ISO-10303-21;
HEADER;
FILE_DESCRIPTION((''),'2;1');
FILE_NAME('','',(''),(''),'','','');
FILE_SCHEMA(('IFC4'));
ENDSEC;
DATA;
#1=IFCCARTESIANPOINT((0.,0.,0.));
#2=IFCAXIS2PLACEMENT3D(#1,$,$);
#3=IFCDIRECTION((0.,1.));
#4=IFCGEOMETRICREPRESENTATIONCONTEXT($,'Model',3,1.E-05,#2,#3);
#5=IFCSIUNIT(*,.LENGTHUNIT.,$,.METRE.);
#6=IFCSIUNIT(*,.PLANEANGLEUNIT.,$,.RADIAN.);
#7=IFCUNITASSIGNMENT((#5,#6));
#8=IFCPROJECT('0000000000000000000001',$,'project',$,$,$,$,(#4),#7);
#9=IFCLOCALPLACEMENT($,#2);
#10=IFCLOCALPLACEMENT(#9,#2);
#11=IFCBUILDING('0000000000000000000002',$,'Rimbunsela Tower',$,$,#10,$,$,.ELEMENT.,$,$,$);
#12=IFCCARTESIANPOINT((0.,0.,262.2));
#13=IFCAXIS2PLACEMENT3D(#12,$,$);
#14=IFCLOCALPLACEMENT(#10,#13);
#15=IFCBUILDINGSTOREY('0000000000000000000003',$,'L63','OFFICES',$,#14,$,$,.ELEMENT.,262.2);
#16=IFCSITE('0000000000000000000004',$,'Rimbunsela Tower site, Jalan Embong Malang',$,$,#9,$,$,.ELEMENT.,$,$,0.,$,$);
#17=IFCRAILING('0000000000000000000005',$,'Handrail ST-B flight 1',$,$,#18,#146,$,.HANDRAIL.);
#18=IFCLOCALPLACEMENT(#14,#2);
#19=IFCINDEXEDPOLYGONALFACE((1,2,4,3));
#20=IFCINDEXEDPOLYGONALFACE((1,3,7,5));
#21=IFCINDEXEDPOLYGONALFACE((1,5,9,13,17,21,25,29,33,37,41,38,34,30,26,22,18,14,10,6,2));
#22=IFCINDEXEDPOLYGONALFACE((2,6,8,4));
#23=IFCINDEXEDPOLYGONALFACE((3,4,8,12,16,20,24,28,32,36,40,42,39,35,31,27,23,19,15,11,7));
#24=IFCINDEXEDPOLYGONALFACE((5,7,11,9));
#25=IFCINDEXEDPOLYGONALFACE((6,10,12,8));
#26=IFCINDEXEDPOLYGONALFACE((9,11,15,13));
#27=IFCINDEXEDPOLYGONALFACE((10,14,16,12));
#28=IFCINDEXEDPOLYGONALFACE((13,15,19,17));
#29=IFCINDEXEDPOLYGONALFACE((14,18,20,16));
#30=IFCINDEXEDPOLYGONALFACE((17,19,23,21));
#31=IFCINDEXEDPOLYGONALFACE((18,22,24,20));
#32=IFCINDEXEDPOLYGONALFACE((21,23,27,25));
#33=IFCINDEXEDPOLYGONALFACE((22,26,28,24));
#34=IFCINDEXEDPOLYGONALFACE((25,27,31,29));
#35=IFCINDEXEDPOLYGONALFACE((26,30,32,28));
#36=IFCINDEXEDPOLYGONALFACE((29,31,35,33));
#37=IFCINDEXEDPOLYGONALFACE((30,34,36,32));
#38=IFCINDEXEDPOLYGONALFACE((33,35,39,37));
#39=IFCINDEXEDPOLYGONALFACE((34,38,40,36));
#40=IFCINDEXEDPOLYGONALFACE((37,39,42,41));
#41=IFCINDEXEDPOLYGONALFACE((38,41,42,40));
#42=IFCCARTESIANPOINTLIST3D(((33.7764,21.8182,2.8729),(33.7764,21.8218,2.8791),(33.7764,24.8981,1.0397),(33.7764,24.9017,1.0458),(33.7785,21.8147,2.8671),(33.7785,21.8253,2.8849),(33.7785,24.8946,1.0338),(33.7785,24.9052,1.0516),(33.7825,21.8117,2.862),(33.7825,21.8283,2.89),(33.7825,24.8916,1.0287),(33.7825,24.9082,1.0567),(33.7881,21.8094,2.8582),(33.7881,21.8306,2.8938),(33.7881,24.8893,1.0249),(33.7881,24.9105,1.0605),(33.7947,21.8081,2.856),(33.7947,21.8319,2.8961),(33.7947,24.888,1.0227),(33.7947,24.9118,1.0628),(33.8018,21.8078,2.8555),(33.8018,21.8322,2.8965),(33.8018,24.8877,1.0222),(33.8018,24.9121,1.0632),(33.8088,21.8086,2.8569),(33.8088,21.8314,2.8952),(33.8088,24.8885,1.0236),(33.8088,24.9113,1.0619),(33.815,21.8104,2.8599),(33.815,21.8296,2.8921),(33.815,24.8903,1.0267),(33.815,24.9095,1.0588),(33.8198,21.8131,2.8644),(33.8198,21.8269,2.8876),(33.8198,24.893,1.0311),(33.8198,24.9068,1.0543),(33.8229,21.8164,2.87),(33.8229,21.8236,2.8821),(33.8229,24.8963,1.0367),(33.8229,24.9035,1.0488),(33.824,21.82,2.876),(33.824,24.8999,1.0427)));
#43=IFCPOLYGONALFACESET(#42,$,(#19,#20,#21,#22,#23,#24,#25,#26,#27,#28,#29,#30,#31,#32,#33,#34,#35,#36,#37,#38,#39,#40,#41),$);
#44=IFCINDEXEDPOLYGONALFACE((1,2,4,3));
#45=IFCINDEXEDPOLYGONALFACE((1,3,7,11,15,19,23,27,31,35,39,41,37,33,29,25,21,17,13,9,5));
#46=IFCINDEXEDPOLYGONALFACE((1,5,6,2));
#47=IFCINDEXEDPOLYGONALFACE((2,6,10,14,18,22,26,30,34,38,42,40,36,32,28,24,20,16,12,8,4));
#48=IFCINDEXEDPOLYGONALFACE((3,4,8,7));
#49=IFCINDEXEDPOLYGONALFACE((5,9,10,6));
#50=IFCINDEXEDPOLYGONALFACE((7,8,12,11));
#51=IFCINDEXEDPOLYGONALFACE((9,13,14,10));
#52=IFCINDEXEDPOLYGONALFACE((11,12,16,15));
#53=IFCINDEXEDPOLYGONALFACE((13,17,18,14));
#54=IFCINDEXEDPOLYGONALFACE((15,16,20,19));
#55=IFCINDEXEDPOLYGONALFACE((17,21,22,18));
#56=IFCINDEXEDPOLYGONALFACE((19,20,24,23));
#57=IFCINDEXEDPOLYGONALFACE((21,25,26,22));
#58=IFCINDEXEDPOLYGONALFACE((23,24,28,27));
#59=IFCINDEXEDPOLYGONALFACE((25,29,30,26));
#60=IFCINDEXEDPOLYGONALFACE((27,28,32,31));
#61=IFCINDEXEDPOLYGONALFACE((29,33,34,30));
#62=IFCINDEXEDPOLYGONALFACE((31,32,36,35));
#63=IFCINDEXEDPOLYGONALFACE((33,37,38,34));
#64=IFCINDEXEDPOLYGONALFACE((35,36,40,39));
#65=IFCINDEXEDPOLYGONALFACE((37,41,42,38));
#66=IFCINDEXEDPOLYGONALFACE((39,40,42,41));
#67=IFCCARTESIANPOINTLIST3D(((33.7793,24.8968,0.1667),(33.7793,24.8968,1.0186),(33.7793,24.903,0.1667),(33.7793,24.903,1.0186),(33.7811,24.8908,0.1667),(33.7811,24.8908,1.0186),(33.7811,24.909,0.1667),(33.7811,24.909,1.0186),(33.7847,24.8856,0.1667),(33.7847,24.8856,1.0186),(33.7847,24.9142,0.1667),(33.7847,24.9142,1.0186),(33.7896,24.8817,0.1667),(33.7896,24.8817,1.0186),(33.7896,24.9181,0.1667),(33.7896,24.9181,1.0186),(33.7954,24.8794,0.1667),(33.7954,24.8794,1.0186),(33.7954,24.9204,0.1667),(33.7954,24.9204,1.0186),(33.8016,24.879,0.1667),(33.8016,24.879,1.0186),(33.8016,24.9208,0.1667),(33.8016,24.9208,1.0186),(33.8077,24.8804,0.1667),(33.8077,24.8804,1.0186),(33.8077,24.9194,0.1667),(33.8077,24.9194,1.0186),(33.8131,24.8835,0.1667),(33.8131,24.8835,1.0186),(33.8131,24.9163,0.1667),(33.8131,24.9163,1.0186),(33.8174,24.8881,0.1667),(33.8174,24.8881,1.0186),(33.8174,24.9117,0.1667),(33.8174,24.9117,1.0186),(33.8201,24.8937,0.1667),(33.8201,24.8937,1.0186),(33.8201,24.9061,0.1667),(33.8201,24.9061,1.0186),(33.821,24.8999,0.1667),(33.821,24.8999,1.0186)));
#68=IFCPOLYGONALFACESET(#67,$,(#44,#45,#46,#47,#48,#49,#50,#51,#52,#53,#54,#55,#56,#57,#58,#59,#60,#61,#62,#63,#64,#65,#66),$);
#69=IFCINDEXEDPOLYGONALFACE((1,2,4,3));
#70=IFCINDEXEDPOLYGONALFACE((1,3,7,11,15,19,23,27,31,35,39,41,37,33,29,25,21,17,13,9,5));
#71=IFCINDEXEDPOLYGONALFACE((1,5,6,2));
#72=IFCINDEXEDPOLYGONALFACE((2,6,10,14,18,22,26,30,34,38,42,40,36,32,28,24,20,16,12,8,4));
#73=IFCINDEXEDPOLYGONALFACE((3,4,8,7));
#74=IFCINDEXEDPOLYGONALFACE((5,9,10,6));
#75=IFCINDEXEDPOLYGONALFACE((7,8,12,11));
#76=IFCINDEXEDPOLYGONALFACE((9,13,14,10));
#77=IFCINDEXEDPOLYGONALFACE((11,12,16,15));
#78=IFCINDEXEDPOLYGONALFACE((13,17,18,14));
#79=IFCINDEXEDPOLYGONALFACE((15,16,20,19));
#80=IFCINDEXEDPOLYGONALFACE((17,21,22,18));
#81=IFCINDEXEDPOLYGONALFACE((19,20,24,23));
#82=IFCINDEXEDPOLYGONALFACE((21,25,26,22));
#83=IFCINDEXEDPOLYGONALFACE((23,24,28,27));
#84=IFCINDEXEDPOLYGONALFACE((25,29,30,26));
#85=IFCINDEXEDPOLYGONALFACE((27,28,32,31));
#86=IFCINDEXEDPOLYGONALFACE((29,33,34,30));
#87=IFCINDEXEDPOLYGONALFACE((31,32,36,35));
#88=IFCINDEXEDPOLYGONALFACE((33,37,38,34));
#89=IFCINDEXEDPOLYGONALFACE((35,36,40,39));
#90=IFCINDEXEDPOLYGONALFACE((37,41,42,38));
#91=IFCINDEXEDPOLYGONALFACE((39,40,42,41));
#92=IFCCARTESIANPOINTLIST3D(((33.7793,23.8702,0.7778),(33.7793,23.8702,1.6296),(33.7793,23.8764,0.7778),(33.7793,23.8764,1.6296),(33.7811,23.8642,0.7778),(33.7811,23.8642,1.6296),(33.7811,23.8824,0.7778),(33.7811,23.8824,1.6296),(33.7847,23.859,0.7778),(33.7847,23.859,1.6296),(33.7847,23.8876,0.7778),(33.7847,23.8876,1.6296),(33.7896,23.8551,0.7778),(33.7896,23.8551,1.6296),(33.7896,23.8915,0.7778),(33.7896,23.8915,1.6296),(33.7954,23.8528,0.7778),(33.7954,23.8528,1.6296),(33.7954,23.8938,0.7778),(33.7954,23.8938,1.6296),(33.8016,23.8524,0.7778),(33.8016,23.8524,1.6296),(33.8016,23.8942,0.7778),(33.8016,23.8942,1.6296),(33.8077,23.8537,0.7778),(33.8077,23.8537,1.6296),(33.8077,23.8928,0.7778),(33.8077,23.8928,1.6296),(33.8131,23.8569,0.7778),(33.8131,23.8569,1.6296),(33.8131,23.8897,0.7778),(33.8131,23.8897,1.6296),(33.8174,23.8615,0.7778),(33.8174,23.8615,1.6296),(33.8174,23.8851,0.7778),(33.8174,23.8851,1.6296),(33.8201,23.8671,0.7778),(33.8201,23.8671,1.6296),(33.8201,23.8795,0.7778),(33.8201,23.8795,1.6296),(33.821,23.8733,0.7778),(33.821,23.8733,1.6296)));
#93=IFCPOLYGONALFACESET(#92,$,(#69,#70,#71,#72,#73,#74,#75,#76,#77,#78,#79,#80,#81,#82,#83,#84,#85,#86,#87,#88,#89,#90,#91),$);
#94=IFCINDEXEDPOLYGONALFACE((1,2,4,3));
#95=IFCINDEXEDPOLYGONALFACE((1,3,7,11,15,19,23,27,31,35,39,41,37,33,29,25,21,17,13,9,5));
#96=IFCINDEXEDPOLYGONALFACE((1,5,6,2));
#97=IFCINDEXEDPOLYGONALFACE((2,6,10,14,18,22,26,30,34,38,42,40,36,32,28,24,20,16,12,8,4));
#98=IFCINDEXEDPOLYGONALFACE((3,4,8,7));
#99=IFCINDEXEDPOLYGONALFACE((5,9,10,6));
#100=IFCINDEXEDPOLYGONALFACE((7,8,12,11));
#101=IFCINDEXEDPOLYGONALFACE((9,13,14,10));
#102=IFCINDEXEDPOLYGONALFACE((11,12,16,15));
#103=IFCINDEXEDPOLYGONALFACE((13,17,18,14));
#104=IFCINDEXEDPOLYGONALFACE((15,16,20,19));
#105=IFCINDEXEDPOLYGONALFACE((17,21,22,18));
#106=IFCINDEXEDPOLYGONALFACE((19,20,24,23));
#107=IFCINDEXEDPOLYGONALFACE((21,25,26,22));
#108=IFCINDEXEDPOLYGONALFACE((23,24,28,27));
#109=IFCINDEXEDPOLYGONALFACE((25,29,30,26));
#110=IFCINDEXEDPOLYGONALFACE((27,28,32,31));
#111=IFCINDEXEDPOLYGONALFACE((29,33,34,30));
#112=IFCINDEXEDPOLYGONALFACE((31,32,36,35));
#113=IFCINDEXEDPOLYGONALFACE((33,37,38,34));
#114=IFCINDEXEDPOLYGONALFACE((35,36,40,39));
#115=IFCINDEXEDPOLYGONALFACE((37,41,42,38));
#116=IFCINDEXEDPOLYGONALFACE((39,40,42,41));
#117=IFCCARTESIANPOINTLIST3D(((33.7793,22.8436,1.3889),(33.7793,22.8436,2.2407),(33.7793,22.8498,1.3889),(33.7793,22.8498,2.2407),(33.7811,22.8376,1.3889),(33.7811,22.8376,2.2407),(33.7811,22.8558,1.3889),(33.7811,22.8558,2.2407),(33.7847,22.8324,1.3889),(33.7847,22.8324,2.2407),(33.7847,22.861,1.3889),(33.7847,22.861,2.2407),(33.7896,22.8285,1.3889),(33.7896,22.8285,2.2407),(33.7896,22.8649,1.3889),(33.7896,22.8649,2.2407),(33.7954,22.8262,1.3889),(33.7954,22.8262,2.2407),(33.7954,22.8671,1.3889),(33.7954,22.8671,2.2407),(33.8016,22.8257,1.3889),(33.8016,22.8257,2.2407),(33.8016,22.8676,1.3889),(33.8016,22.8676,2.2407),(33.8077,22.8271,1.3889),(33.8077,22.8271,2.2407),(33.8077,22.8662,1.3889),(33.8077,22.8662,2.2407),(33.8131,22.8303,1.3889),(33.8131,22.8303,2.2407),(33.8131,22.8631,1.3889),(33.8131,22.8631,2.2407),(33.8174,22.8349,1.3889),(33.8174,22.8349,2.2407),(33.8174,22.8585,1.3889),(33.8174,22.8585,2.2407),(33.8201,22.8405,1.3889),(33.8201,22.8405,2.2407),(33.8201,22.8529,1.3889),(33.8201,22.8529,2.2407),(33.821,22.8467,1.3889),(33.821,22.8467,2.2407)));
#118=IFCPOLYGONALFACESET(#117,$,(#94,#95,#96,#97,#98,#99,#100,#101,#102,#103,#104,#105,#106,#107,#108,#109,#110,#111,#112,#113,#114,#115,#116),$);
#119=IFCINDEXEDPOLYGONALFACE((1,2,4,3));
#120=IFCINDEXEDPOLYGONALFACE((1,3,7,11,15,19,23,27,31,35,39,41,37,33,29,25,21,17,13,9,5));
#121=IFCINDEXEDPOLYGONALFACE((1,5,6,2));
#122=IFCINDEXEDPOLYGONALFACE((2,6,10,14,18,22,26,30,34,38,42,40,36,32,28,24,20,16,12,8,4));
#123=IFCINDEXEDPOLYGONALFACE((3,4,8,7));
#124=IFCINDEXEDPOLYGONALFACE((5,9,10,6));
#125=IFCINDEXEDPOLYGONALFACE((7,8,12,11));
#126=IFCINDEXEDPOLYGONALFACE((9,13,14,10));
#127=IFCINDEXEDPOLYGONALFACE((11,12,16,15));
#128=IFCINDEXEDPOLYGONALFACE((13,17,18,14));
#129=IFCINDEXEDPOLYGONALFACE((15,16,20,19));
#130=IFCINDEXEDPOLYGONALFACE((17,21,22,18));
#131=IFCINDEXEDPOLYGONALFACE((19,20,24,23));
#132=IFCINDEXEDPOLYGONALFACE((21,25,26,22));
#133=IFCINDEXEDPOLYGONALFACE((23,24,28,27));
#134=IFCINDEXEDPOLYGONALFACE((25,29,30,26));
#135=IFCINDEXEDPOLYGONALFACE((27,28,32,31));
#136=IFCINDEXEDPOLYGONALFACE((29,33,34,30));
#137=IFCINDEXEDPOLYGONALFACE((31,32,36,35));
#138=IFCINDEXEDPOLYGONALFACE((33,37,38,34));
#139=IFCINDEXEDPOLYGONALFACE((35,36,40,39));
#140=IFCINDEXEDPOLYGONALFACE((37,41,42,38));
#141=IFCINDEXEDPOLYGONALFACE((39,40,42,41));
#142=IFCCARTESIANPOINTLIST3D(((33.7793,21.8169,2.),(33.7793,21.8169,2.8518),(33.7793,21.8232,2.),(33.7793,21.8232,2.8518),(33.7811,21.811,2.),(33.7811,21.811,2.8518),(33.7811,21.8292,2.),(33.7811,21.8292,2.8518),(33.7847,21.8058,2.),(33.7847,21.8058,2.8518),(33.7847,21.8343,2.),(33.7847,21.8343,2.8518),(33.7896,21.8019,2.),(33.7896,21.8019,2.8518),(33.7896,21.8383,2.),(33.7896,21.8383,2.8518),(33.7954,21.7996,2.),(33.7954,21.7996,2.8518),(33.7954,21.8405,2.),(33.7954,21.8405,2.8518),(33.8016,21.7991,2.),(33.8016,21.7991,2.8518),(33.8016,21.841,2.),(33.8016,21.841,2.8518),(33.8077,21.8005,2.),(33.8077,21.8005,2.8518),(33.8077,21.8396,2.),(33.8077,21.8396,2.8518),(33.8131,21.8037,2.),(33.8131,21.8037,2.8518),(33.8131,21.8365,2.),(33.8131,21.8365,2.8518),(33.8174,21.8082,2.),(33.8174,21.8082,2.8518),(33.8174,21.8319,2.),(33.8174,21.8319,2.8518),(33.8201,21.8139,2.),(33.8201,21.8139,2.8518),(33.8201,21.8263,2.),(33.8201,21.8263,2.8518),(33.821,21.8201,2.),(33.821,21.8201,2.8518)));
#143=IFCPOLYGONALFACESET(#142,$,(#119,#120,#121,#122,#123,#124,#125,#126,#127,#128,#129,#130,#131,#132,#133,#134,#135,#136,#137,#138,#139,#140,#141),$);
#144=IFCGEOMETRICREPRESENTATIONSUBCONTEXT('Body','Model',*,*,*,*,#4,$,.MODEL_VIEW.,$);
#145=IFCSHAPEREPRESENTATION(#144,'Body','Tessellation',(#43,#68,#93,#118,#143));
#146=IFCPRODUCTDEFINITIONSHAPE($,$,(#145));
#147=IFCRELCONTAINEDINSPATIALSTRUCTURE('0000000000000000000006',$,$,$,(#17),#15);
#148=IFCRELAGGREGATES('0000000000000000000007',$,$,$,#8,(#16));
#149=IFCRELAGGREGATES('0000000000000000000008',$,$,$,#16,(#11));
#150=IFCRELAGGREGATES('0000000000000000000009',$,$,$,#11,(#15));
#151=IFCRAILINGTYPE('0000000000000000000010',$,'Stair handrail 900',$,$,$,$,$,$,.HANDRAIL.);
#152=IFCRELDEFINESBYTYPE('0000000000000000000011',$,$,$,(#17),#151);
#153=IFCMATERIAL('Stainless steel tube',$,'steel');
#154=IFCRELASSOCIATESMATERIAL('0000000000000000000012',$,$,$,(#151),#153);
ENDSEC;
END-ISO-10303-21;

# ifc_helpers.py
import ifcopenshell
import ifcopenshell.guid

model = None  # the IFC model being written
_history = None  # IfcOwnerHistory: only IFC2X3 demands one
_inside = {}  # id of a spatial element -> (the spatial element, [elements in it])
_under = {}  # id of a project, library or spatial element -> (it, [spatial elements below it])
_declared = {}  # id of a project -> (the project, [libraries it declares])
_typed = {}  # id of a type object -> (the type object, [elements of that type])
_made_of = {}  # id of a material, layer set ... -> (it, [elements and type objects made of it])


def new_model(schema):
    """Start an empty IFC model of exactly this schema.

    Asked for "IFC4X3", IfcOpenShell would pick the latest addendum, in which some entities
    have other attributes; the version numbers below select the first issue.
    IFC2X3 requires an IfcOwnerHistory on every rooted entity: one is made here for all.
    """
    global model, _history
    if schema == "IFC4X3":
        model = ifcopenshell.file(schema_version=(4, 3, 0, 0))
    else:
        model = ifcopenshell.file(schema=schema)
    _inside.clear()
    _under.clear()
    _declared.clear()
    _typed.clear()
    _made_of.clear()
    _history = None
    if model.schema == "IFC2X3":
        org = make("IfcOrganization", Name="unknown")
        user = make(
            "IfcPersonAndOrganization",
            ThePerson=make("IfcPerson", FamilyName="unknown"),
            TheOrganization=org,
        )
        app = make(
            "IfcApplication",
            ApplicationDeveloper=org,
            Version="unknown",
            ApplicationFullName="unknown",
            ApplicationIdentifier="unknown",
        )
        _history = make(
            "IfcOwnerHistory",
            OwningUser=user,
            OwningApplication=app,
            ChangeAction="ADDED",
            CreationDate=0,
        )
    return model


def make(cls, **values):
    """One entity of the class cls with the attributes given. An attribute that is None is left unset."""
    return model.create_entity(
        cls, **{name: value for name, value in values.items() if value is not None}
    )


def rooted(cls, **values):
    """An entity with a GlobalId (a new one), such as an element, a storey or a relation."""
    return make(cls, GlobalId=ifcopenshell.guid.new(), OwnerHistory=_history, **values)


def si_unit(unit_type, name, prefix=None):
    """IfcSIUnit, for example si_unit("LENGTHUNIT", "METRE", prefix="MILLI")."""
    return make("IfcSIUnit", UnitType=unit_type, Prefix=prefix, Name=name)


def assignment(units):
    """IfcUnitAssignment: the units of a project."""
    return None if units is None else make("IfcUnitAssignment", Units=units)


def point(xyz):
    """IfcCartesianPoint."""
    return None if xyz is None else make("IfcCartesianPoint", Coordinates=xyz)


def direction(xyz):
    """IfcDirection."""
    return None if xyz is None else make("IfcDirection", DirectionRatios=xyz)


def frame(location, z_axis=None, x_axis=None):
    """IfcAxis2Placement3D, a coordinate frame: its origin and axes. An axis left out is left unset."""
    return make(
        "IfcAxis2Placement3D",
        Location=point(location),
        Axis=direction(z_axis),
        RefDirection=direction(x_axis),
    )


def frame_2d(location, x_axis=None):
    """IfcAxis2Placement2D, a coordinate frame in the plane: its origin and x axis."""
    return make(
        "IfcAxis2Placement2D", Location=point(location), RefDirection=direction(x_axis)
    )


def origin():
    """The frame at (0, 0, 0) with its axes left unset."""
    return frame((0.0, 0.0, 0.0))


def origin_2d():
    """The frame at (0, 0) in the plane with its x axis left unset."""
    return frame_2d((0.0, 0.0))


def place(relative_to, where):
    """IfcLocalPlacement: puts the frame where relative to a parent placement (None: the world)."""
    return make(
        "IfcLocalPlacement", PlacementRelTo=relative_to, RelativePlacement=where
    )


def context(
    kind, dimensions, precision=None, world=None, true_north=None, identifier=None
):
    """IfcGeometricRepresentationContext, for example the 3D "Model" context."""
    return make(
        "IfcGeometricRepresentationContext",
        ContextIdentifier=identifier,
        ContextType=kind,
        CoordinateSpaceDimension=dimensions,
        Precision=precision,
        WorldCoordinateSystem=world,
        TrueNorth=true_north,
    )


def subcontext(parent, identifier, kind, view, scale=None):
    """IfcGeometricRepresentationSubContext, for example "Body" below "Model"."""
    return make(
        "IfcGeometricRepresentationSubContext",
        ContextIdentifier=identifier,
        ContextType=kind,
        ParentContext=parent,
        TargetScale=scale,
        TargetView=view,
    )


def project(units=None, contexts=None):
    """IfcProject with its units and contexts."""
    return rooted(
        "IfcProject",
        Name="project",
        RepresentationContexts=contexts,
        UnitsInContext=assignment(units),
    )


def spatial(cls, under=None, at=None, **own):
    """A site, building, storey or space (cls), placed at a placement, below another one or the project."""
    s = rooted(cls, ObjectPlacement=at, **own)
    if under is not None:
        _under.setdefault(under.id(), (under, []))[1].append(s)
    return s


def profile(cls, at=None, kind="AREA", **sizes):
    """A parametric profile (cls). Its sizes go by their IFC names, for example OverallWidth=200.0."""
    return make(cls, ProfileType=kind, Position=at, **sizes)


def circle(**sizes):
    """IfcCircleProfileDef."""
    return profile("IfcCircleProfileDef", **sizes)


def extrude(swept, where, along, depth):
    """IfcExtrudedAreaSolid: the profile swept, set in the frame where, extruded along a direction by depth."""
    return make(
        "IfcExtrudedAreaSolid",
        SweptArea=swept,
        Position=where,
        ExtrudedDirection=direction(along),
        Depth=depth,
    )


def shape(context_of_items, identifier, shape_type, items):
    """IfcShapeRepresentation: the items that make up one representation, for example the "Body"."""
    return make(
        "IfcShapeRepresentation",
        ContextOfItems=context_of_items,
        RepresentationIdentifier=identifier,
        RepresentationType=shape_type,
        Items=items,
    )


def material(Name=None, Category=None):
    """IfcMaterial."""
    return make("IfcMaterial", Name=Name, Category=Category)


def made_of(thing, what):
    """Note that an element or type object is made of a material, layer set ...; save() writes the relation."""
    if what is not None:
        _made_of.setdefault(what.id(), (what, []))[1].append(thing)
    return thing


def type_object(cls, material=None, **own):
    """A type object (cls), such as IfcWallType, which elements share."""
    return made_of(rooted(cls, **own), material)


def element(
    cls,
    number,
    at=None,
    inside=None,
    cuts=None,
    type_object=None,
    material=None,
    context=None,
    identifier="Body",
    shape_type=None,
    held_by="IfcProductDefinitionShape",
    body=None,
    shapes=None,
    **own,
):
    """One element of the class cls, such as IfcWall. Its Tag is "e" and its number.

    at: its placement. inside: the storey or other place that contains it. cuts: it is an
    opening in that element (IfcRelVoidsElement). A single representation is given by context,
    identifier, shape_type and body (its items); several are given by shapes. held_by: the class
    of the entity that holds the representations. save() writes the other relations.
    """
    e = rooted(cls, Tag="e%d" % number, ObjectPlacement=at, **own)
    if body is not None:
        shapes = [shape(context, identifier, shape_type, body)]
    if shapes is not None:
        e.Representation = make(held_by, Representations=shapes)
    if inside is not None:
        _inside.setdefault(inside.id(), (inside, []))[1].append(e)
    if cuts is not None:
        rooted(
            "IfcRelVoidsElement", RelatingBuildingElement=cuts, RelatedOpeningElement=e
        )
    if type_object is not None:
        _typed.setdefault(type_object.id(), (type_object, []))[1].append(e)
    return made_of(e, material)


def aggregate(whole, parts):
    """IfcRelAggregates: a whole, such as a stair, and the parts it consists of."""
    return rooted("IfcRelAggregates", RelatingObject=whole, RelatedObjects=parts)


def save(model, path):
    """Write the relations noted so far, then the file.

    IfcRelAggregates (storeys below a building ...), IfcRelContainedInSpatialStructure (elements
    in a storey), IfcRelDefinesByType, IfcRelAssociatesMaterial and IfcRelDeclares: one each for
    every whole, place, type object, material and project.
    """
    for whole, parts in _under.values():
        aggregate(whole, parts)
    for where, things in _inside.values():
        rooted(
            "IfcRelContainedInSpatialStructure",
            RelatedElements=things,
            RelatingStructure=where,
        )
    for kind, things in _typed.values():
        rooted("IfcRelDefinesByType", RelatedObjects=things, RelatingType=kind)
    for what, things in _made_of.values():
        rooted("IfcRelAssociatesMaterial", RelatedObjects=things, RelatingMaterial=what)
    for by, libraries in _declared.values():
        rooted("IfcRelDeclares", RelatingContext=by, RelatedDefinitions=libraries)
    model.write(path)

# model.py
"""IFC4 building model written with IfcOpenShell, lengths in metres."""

from ifc_helpers import new_model, si_unit, direction, frame, origin, origin_2d, place, context, subcontext, project, spatial, circle, extrude, material, type_object, element, save


model = new_model("IFC4")

# Units and contexts
model_context = context("Model", 3, precision=1e-05, world=origin(), true_north=direction((0.0, 1.0)))
body_context = subcontext(model_context, "Body", "Model", "MODEL_VIEW")
ifc_project = project(units=[si_unit("LENGTHUNIT", "METRE"), si_unit("PLANEANGLEUNIT", "RADIAN")], contexts=[model_context])

# Site, building, storey
site_placement = place(None, origin())
site = spatial("IfcSite", under=ifc_project, at=site_placement, Name="Rimbunsela Tower site, Jalan Embong Malang", CompositionType="ELEMENT", RefElevation=0.0)
building_placement = place(site_placement, origin())
building = spatial("IfcBuilding", under=site, at=building_placement, Name="Rimbunsela Tower", CompositionType="ELEMENT")
storey_placement = place(building_placement, frame((0.0, 0.0, 262.2)))
storey = spatial("IfcBuildingStorey", under=building, at=storey_placement, Name="L63", Description="OFFICES", CompositionType="ELEMENT", Elevation=262.2)

# Railing
ifc_material_1 = material(Name="Stainless steel tube", Category="steel")
railing_type = type_object("IfcRailingType", Name="Stair handrail 900", PredefinedType="HANDRAIL", material=ifc_material_1)
for number, where, name in (
    (1, (33.8, 24.8999, 0.1667), "Handrail ST-B flight 1"),
):
    element("IfcRailing", number, at=place(storey_placement, frame(where)), inside=storey, type_object=railing_type, Name=name, PredefinedType="HANDRAIL", context=body_context, shape_type="SweptSolid", body=[
        extrude(circle(Radius=0.0239, at=origin_2d()), frame((0.0, 0.0, 0.876), z_axis=(0.0, -0.859291, 0.511487), x_axis=(1.0, 0.0, 0.0)), (0.0, 0.0, 1.0), 3.5842),
        extrude(circle(Radius=0.021, at=origin_2d()), origin(), (0.0, 0.0, 1.0), 0.8518),
        extrude(circle(Radius=0.021, at=origin_2d()), frame((0.0, -1.0266, 0.6111)), (0.0, 0.0, 1.0), 0.8518),
        extrude(circle(Radius=0.021, at=origin_2d()), frame((0.0, -2.0532, 1.2222)), (0.0, 0.0, 1.0), 0.8518),
        extrude(circle(Radius=0.021, at=origin_2d()), frame((0.0, -3.0798, 1.8333)), (0.0, 0.0, 1.0), 0.8518),
    ])

save(model, "model.ifc")
